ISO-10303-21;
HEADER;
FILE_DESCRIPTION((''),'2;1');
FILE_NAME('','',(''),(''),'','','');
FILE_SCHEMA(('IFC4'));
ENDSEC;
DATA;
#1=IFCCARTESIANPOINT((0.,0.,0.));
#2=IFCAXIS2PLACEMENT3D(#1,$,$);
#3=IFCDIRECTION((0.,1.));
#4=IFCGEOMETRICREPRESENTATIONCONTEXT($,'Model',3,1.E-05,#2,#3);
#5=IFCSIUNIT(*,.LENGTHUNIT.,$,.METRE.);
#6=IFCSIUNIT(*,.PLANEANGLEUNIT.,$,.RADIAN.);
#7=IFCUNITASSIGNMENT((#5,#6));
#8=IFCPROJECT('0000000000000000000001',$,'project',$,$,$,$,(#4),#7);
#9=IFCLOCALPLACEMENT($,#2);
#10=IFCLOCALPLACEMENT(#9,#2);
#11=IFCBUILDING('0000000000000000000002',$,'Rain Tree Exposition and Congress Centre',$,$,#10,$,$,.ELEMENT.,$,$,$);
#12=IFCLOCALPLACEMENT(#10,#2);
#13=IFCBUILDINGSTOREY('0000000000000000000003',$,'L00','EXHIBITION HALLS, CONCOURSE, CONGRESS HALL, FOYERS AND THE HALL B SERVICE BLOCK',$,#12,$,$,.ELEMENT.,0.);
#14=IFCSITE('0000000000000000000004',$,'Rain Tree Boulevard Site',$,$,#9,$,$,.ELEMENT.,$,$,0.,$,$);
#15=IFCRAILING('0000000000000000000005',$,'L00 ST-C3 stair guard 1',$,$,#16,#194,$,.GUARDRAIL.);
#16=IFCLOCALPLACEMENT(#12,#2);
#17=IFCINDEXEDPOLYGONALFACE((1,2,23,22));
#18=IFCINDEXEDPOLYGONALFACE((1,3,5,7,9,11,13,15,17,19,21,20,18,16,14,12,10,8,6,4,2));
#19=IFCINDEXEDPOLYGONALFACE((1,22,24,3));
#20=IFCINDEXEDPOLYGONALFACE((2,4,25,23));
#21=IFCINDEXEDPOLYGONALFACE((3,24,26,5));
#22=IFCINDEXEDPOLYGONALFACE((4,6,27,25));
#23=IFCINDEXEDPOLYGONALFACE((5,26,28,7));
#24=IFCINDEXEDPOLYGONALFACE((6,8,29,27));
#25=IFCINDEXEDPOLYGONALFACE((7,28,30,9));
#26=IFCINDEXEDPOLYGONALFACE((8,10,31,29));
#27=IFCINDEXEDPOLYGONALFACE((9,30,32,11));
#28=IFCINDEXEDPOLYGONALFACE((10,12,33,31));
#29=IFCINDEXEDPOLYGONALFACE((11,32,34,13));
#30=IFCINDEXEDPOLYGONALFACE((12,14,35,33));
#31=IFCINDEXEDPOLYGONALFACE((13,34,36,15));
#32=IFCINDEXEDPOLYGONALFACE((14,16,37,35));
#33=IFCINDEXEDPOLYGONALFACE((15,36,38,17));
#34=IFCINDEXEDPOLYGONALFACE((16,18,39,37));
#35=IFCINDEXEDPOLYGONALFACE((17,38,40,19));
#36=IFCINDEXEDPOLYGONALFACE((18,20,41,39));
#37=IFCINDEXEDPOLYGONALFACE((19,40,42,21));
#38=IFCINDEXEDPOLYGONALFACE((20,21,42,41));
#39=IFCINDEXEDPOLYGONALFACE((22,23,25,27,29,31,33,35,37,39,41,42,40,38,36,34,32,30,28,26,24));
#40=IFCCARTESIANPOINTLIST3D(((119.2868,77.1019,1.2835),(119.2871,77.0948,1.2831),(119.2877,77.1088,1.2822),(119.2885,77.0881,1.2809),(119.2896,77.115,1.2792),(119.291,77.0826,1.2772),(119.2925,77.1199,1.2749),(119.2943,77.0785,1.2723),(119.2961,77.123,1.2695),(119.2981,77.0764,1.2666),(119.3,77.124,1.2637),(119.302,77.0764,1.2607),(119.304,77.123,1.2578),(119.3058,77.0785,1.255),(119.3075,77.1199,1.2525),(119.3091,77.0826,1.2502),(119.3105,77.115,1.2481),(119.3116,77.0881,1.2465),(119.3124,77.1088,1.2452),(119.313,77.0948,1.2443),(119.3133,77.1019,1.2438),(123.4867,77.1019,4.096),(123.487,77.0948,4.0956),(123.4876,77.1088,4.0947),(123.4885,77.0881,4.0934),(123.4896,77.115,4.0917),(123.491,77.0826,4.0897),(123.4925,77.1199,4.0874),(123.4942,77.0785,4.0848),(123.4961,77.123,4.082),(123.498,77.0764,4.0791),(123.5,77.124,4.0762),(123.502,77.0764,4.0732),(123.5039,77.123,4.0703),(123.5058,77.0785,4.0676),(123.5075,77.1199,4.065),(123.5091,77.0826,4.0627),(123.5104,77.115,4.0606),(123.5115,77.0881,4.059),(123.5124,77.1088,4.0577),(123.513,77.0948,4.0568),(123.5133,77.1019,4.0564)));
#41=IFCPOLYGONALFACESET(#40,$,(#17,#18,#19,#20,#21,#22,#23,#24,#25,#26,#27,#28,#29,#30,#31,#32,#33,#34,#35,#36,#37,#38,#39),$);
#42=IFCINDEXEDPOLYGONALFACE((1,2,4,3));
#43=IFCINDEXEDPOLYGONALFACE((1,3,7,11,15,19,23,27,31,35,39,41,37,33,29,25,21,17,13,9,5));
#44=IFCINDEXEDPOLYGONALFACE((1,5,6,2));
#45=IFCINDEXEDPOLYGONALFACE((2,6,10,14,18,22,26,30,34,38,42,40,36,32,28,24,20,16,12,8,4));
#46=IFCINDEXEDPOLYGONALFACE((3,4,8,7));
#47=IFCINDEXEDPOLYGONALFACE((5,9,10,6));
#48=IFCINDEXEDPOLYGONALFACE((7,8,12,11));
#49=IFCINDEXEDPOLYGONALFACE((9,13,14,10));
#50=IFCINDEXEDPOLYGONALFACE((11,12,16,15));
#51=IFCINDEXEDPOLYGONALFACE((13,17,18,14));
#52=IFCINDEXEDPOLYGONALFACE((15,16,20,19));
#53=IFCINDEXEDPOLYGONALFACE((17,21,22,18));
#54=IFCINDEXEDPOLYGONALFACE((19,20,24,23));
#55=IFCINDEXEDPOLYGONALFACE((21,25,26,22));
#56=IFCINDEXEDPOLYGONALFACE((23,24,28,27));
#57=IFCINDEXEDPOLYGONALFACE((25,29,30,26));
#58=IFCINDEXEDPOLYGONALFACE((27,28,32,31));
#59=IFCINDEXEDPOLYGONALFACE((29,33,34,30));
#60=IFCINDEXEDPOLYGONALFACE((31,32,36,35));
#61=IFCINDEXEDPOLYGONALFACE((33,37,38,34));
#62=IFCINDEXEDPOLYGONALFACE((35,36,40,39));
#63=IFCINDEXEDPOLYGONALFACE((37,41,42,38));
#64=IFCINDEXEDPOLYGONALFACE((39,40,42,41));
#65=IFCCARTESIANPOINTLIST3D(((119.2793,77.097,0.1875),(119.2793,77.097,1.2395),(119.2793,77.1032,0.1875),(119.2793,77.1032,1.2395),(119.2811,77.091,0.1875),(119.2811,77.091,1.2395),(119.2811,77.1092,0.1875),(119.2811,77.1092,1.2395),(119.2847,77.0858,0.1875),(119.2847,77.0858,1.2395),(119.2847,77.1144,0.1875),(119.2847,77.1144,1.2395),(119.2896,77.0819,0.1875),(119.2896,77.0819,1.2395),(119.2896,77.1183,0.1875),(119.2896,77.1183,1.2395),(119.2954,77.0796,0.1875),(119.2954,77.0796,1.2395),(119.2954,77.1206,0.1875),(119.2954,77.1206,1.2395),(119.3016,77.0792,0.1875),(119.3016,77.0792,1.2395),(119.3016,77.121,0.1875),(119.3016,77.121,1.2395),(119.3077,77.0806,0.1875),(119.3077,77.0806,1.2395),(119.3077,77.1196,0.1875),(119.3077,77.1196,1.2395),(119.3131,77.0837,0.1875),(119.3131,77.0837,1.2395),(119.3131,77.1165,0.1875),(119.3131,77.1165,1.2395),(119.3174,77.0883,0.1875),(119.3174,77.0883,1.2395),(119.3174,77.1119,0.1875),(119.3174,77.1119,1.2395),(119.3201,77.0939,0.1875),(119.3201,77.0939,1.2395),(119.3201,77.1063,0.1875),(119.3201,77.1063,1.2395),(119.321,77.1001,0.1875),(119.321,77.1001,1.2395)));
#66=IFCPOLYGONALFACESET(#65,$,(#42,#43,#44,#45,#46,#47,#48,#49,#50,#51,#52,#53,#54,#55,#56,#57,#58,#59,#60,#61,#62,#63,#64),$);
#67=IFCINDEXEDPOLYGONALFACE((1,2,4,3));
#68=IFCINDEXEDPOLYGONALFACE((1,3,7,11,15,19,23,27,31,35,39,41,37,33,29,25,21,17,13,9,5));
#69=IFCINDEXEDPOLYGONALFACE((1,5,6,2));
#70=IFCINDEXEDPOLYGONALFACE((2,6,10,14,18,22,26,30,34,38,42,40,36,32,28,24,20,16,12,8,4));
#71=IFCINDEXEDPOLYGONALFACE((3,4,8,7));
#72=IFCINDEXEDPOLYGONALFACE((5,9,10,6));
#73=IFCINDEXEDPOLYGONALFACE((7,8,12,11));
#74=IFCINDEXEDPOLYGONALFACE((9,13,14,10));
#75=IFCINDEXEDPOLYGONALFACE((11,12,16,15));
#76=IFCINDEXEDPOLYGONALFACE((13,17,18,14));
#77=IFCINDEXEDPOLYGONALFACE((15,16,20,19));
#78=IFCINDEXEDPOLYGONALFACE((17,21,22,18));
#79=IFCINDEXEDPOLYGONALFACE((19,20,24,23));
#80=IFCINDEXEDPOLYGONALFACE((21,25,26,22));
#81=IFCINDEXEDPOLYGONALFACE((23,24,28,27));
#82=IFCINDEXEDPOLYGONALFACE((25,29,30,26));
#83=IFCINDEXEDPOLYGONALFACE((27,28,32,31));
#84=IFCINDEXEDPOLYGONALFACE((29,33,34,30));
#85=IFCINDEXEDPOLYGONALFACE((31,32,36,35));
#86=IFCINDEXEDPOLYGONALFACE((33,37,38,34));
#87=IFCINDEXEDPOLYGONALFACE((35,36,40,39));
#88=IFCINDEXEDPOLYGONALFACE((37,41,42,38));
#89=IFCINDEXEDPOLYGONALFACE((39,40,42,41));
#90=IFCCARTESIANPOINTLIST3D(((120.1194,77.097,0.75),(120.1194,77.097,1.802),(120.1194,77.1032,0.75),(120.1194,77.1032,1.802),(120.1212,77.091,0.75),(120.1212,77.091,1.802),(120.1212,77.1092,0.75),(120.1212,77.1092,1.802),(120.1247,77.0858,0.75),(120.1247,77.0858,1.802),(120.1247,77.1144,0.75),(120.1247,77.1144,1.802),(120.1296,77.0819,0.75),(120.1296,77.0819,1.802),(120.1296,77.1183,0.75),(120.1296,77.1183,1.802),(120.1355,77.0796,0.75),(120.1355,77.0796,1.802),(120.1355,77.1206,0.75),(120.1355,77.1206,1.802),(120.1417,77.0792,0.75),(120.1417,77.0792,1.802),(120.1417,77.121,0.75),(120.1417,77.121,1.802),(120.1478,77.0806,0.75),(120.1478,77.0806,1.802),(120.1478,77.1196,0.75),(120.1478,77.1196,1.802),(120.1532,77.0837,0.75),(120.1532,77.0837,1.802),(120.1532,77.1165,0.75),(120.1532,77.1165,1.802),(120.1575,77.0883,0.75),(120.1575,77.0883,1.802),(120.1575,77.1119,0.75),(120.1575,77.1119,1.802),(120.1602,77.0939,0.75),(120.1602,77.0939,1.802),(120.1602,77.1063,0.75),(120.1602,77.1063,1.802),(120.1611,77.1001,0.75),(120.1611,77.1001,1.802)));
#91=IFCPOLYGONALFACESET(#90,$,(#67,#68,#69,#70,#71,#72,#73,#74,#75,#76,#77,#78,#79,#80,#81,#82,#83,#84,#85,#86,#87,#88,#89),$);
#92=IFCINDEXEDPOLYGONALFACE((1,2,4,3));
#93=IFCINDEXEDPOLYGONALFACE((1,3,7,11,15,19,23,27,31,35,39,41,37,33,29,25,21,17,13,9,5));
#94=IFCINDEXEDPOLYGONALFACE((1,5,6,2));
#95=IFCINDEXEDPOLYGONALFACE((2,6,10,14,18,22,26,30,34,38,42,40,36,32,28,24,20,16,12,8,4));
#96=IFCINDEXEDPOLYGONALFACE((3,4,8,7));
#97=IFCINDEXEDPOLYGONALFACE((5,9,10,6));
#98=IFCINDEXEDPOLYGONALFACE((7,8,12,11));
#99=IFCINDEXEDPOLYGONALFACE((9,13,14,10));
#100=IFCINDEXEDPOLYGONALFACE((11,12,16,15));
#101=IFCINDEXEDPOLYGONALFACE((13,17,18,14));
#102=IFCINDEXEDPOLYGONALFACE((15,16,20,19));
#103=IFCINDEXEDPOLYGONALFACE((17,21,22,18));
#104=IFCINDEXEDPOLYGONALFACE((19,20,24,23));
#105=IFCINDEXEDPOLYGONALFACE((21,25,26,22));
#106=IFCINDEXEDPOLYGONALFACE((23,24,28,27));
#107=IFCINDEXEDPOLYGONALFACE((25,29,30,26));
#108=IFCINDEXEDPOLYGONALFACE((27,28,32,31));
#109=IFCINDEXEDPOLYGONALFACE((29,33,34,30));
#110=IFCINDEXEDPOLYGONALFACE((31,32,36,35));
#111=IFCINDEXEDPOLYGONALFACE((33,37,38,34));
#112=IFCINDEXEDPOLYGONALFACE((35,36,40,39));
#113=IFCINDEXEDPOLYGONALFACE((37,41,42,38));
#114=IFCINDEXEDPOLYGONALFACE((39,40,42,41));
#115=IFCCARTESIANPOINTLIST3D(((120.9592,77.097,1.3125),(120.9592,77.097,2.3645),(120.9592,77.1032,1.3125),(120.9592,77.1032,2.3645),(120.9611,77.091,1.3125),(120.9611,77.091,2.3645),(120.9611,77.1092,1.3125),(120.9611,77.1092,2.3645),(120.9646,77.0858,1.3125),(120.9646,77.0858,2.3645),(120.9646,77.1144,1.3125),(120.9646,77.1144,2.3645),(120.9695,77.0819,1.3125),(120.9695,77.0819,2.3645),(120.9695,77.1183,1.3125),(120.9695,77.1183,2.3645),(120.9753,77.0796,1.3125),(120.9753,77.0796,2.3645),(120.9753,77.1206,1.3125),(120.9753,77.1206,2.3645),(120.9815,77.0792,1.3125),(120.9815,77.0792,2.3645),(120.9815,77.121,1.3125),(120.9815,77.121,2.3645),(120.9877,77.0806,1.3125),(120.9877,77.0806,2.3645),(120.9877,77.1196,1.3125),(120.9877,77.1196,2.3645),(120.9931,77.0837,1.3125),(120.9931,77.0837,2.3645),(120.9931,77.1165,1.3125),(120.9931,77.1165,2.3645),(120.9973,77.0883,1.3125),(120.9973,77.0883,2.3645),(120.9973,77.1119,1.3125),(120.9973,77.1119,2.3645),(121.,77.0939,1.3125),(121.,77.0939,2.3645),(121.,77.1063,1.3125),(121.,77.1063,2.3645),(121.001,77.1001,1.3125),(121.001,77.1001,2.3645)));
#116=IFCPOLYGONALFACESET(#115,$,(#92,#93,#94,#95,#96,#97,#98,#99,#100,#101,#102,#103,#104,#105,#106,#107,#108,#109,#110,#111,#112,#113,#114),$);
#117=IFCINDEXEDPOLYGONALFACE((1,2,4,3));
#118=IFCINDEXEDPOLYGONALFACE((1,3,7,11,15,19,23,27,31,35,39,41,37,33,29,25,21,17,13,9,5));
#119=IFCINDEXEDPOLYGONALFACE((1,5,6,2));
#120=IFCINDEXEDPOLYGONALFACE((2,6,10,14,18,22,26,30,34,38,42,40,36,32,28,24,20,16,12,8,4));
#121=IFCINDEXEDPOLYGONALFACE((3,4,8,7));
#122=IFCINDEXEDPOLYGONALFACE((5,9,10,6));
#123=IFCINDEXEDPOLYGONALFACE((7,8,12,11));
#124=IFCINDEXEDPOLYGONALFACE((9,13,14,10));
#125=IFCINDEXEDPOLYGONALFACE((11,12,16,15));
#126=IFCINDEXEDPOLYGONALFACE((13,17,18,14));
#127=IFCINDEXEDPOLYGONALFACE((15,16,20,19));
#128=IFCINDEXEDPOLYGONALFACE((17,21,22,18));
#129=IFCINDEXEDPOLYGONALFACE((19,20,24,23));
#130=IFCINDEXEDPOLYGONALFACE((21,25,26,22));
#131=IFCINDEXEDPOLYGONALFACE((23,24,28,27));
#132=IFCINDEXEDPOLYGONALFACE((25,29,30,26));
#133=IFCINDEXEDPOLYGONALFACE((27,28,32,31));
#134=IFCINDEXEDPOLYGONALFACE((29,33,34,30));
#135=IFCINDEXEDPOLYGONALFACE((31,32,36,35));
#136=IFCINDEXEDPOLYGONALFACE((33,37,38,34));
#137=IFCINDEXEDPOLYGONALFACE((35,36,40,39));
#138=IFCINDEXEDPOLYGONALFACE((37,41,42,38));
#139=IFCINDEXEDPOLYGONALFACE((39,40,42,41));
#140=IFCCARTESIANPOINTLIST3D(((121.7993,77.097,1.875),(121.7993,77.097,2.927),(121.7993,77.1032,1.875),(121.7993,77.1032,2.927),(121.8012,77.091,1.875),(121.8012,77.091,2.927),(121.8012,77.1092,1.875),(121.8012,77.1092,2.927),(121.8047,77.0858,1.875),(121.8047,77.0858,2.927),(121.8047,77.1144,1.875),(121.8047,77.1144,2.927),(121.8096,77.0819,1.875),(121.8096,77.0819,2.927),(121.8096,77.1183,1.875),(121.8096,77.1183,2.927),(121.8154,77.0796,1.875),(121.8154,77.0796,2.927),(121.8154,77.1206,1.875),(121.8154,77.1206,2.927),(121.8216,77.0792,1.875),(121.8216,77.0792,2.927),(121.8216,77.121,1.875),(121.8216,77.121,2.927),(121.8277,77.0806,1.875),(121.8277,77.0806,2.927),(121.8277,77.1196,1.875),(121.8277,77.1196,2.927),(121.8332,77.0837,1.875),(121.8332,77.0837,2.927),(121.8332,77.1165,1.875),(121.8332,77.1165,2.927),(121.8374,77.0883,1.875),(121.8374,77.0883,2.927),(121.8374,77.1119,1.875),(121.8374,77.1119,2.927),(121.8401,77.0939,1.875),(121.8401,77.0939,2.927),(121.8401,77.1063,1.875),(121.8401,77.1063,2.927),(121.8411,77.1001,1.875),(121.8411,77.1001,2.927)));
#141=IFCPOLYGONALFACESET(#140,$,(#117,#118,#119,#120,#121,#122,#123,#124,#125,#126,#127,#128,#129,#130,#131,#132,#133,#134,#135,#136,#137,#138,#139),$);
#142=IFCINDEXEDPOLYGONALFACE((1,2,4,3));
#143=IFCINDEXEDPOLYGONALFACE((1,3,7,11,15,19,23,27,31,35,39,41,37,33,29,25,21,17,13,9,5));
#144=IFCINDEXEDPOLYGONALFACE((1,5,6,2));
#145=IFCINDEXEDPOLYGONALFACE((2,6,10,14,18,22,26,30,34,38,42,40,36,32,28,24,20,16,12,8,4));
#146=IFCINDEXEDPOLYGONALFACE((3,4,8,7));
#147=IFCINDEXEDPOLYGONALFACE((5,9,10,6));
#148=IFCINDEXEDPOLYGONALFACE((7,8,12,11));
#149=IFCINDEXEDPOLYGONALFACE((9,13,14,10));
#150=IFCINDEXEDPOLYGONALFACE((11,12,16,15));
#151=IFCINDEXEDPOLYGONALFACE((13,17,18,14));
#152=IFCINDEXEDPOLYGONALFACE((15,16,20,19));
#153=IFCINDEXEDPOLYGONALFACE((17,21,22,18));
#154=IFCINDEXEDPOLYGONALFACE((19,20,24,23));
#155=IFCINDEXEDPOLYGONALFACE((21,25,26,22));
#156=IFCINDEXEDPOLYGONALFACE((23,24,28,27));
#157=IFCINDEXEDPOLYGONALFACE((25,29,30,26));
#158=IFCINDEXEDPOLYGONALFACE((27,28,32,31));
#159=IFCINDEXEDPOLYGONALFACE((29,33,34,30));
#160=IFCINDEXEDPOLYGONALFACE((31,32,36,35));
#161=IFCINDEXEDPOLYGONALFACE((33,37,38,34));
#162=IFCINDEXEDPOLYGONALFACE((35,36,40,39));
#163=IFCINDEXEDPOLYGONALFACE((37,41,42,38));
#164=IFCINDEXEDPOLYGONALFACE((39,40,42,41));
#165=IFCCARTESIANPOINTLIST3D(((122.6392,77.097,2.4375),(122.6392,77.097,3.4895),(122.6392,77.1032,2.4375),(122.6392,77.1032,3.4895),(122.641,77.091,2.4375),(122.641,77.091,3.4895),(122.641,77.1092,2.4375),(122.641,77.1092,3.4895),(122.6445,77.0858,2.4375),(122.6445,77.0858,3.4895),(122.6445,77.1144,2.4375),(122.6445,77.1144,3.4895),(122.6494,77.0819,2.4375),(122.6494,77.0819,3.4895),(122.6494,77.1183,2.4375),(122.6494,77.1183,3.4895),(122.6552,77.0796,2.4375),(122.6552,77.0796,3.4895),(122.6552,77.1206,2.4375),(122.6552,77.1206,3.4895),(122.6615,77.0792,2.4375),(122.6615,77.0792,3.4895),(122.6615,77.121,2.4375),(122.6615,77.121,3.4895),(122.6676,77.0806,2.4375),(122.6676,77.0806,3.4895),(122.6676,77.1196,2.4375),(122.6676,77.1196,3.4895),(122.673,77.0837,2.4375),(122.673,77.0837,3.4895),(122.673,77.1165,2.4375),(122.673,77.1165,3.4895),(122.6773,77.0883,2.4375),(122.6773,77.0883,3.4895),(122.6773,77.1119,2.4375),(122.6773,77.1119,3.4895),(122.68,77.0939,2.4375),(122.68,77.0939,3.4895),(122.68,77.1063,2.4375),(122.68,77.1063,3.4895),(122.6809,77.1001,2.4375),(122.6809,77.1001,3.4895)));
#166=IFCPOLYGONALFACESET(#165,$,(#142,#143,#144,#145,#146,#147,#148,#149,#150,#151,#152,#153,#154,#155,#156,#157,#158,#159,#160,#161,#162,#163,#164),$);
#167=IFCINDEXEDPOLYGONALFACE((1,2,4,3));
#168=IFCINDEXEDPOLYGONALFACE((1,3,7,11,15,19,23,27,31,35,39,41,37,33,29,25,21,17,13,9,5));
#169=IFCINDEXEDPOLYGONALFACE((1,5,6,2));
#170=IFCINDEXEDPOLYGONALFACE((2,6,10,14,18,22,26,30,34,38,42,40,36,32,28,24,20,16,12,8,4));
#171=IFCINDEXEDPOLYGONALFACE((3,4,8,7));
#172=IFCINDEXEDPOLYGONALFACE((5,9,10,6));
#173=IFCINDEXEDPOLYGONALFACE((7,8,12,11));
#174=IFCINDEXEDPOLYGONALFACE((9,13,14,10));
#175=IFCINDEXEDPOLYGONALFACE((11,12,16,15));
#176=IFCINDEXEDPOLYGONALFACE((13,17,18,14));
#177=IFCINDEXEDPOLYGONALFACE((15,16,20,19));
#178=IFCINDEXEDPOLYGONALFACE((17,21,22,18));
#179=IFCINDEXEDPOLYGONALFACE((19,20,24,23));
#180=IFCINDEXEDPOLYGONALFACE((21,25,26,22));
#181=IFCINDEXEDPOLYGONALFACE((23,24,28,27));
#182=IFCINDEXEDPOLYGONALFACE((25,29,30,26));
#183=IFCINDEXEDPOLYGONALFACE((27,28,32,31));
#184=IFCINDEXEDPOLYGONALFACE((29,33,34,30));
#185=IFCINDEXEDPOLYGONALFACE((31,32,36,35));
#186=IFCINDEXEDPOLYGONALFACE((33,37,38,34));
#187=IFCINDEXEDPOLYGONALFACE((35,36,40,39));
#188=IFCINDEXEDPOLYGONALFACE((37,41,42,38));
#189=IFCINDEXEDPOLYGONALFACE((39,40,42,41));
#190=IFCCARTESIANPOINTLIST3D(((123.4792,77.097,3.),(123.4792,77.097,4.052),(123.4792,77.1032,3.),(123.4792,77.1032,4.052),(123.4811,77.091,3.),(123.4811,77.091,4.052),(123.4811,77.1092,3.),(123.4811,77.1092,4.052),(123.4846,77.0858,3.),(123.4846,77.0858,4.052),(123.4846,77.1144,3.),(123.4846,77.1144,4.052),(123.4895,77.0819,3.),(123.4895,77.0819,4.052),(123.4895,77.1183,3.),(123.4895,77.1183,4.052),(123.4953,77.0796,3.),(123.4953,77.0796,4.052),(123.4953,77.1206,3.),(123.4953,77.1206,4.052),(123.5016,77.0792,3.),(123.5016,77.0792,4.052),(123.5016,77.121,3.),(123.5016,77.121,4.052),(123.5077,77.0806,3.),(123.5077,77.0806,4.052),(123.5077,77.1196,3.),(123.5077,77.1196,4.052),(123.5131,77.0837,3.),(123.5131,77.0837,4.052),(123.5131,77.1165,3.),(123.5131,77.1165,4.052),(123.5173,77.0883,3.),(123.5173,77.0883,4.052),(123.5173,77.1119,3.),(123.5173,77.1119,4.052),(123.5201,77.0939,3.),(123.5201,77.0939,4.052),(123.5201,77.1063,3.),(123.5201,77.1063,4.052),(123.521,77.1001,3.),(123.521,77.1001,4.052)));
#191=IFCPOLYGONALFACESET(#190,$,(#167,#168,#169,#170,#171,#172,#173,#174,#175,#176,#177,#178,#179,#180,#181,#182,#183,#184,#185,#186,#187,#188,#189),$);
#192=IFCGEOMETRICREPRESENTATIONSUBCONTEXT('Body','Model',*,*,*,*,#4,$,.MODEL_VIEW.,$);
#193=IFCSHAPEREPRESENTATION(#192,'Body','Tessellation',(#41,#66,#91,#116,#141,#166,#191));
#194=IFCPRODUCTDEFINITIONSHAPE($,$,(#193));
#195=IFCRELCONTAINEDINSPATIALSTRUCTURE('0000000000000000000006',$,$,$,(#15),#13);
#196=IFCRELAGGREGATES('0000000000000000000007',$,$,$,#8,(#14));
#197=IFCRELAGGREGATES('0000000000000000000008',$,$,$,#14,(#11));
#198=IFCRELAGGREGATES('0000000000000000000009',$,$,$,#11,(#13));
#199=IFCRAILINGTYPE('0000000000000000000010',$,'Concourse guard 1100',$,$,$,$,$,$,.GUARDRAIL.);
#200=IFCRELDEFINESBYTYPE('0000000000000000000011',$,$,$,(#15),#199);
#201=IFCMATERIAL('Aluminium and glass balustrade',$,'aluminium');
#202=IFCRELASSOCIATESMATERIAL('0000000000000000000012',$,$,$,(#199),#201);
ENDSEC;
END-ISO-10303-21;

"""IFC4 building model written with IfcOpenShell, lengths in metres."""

from ifc_helpers import new_model, si_unit, direction, frame, origin, origin_2d, place, context, subcontext, project, spatial, circle, extrude, material, type_object, element, save


model = new_model("IFC4")

# Units and contexts
model_context = context("Model", 3, precision=1e-05, world=origin(), true_north=direction((0.0, 1.0)))
body_context = subcontext(model_context, "Body", "Model", "MODEL_VIEW")
ifc_project = project(units=[si_unit("LENGTHUNIT", "METRE"), si_unit("PLANEANGLEUNIT", "RADIAN")], contexts=[model_context])

# Site, building, storey
site_placement = place(None, origin())
site = spatial("IfcSite", under=ifc_project, at=site_placement, Name="Rain Tree Boulevard Site", CompositionType="ELEMENT", RefElevation=0.0)
building_placement = place(site_placement, origin())
building = spatial("IfcBuilding", under=site, at=building_placement, Name="Rain Tree Exposition and Congress Centre", CompositionType="ELEMENT")
storey_placement = place(building_placement, origin())
storey = spatial("IfcBuildingStorey", under=building, at=storey_placement, Name="L00", Description="EXHIBITION HALLS, CONCOURSE, CONGRESS HALL, FOYERS AND THE HALL B SERVICE BLOCK", CompositionType="ELEMENT", Elevation=0.0)

# Railing
ifc_material_1 = material(Name="Aluminium and glass balustrade", Category="aluminium")
railing_type_1 = type_object("IfcRailingType", Name="Concourse guard 1100", PredefinedType="GUARDRAIL", material=ifc_material_1)
railing_1_placement = place(storey_placement, frame((119.3, 77.1001, 0.1875)))
element("IfcRailing", 1, at=railing_1_placement, inside=storey, type_object=railing_type_1, Name="L00 ST-C3 stair guard 1", PredefinedType="GUARDRAIL", context=body_context, shape_type="SweptSolid", body=[
    extrude(circle(Radius=0.0239, at=origin_2d()), frame((0.0, 0.0, 1.0762), z_axis=(0.830904, 0.0, 0.556416), x_axis=(0.0, 1.0, 0.0)), (0.0, 0.0, 1.0), 5.0547),
    extrude(circle(Radius=0.021, at=origin_2d()), origin(), (0.0, 0.0, 1.0), 1.052),
    extrude(circle(Radius=0.021, at=origin_2d()), frame((0.8401, 0.0, 0.5625)), (0.0, 0.0, 1.0), 1.052),
    extrude(circle(Radius=0.021, at=origin_2d()), frame((1.6799, 0.0, 1.125)), (0.0, 0.0, 1.0), 1.052),
    extrude(circle(Radius=0.021, at=origin_2d()), frame((2.52, 0.0, 1.6875)), (0.0, 0.0, 1.0), 1.052),
    extrude(circle(Radius=0.021, at=origin_2d()), frame((3.3599, 0.0, 2.25)), (0.0, 0.0, 1.0), 1.052),
    extrude(circle(Radius=0.021, at=origin_2d()), frame((4.2, 0.0, 2.8125)), (0.0, 0.0, 1.0), 1.052),
])

save(model, "model.ifc")
